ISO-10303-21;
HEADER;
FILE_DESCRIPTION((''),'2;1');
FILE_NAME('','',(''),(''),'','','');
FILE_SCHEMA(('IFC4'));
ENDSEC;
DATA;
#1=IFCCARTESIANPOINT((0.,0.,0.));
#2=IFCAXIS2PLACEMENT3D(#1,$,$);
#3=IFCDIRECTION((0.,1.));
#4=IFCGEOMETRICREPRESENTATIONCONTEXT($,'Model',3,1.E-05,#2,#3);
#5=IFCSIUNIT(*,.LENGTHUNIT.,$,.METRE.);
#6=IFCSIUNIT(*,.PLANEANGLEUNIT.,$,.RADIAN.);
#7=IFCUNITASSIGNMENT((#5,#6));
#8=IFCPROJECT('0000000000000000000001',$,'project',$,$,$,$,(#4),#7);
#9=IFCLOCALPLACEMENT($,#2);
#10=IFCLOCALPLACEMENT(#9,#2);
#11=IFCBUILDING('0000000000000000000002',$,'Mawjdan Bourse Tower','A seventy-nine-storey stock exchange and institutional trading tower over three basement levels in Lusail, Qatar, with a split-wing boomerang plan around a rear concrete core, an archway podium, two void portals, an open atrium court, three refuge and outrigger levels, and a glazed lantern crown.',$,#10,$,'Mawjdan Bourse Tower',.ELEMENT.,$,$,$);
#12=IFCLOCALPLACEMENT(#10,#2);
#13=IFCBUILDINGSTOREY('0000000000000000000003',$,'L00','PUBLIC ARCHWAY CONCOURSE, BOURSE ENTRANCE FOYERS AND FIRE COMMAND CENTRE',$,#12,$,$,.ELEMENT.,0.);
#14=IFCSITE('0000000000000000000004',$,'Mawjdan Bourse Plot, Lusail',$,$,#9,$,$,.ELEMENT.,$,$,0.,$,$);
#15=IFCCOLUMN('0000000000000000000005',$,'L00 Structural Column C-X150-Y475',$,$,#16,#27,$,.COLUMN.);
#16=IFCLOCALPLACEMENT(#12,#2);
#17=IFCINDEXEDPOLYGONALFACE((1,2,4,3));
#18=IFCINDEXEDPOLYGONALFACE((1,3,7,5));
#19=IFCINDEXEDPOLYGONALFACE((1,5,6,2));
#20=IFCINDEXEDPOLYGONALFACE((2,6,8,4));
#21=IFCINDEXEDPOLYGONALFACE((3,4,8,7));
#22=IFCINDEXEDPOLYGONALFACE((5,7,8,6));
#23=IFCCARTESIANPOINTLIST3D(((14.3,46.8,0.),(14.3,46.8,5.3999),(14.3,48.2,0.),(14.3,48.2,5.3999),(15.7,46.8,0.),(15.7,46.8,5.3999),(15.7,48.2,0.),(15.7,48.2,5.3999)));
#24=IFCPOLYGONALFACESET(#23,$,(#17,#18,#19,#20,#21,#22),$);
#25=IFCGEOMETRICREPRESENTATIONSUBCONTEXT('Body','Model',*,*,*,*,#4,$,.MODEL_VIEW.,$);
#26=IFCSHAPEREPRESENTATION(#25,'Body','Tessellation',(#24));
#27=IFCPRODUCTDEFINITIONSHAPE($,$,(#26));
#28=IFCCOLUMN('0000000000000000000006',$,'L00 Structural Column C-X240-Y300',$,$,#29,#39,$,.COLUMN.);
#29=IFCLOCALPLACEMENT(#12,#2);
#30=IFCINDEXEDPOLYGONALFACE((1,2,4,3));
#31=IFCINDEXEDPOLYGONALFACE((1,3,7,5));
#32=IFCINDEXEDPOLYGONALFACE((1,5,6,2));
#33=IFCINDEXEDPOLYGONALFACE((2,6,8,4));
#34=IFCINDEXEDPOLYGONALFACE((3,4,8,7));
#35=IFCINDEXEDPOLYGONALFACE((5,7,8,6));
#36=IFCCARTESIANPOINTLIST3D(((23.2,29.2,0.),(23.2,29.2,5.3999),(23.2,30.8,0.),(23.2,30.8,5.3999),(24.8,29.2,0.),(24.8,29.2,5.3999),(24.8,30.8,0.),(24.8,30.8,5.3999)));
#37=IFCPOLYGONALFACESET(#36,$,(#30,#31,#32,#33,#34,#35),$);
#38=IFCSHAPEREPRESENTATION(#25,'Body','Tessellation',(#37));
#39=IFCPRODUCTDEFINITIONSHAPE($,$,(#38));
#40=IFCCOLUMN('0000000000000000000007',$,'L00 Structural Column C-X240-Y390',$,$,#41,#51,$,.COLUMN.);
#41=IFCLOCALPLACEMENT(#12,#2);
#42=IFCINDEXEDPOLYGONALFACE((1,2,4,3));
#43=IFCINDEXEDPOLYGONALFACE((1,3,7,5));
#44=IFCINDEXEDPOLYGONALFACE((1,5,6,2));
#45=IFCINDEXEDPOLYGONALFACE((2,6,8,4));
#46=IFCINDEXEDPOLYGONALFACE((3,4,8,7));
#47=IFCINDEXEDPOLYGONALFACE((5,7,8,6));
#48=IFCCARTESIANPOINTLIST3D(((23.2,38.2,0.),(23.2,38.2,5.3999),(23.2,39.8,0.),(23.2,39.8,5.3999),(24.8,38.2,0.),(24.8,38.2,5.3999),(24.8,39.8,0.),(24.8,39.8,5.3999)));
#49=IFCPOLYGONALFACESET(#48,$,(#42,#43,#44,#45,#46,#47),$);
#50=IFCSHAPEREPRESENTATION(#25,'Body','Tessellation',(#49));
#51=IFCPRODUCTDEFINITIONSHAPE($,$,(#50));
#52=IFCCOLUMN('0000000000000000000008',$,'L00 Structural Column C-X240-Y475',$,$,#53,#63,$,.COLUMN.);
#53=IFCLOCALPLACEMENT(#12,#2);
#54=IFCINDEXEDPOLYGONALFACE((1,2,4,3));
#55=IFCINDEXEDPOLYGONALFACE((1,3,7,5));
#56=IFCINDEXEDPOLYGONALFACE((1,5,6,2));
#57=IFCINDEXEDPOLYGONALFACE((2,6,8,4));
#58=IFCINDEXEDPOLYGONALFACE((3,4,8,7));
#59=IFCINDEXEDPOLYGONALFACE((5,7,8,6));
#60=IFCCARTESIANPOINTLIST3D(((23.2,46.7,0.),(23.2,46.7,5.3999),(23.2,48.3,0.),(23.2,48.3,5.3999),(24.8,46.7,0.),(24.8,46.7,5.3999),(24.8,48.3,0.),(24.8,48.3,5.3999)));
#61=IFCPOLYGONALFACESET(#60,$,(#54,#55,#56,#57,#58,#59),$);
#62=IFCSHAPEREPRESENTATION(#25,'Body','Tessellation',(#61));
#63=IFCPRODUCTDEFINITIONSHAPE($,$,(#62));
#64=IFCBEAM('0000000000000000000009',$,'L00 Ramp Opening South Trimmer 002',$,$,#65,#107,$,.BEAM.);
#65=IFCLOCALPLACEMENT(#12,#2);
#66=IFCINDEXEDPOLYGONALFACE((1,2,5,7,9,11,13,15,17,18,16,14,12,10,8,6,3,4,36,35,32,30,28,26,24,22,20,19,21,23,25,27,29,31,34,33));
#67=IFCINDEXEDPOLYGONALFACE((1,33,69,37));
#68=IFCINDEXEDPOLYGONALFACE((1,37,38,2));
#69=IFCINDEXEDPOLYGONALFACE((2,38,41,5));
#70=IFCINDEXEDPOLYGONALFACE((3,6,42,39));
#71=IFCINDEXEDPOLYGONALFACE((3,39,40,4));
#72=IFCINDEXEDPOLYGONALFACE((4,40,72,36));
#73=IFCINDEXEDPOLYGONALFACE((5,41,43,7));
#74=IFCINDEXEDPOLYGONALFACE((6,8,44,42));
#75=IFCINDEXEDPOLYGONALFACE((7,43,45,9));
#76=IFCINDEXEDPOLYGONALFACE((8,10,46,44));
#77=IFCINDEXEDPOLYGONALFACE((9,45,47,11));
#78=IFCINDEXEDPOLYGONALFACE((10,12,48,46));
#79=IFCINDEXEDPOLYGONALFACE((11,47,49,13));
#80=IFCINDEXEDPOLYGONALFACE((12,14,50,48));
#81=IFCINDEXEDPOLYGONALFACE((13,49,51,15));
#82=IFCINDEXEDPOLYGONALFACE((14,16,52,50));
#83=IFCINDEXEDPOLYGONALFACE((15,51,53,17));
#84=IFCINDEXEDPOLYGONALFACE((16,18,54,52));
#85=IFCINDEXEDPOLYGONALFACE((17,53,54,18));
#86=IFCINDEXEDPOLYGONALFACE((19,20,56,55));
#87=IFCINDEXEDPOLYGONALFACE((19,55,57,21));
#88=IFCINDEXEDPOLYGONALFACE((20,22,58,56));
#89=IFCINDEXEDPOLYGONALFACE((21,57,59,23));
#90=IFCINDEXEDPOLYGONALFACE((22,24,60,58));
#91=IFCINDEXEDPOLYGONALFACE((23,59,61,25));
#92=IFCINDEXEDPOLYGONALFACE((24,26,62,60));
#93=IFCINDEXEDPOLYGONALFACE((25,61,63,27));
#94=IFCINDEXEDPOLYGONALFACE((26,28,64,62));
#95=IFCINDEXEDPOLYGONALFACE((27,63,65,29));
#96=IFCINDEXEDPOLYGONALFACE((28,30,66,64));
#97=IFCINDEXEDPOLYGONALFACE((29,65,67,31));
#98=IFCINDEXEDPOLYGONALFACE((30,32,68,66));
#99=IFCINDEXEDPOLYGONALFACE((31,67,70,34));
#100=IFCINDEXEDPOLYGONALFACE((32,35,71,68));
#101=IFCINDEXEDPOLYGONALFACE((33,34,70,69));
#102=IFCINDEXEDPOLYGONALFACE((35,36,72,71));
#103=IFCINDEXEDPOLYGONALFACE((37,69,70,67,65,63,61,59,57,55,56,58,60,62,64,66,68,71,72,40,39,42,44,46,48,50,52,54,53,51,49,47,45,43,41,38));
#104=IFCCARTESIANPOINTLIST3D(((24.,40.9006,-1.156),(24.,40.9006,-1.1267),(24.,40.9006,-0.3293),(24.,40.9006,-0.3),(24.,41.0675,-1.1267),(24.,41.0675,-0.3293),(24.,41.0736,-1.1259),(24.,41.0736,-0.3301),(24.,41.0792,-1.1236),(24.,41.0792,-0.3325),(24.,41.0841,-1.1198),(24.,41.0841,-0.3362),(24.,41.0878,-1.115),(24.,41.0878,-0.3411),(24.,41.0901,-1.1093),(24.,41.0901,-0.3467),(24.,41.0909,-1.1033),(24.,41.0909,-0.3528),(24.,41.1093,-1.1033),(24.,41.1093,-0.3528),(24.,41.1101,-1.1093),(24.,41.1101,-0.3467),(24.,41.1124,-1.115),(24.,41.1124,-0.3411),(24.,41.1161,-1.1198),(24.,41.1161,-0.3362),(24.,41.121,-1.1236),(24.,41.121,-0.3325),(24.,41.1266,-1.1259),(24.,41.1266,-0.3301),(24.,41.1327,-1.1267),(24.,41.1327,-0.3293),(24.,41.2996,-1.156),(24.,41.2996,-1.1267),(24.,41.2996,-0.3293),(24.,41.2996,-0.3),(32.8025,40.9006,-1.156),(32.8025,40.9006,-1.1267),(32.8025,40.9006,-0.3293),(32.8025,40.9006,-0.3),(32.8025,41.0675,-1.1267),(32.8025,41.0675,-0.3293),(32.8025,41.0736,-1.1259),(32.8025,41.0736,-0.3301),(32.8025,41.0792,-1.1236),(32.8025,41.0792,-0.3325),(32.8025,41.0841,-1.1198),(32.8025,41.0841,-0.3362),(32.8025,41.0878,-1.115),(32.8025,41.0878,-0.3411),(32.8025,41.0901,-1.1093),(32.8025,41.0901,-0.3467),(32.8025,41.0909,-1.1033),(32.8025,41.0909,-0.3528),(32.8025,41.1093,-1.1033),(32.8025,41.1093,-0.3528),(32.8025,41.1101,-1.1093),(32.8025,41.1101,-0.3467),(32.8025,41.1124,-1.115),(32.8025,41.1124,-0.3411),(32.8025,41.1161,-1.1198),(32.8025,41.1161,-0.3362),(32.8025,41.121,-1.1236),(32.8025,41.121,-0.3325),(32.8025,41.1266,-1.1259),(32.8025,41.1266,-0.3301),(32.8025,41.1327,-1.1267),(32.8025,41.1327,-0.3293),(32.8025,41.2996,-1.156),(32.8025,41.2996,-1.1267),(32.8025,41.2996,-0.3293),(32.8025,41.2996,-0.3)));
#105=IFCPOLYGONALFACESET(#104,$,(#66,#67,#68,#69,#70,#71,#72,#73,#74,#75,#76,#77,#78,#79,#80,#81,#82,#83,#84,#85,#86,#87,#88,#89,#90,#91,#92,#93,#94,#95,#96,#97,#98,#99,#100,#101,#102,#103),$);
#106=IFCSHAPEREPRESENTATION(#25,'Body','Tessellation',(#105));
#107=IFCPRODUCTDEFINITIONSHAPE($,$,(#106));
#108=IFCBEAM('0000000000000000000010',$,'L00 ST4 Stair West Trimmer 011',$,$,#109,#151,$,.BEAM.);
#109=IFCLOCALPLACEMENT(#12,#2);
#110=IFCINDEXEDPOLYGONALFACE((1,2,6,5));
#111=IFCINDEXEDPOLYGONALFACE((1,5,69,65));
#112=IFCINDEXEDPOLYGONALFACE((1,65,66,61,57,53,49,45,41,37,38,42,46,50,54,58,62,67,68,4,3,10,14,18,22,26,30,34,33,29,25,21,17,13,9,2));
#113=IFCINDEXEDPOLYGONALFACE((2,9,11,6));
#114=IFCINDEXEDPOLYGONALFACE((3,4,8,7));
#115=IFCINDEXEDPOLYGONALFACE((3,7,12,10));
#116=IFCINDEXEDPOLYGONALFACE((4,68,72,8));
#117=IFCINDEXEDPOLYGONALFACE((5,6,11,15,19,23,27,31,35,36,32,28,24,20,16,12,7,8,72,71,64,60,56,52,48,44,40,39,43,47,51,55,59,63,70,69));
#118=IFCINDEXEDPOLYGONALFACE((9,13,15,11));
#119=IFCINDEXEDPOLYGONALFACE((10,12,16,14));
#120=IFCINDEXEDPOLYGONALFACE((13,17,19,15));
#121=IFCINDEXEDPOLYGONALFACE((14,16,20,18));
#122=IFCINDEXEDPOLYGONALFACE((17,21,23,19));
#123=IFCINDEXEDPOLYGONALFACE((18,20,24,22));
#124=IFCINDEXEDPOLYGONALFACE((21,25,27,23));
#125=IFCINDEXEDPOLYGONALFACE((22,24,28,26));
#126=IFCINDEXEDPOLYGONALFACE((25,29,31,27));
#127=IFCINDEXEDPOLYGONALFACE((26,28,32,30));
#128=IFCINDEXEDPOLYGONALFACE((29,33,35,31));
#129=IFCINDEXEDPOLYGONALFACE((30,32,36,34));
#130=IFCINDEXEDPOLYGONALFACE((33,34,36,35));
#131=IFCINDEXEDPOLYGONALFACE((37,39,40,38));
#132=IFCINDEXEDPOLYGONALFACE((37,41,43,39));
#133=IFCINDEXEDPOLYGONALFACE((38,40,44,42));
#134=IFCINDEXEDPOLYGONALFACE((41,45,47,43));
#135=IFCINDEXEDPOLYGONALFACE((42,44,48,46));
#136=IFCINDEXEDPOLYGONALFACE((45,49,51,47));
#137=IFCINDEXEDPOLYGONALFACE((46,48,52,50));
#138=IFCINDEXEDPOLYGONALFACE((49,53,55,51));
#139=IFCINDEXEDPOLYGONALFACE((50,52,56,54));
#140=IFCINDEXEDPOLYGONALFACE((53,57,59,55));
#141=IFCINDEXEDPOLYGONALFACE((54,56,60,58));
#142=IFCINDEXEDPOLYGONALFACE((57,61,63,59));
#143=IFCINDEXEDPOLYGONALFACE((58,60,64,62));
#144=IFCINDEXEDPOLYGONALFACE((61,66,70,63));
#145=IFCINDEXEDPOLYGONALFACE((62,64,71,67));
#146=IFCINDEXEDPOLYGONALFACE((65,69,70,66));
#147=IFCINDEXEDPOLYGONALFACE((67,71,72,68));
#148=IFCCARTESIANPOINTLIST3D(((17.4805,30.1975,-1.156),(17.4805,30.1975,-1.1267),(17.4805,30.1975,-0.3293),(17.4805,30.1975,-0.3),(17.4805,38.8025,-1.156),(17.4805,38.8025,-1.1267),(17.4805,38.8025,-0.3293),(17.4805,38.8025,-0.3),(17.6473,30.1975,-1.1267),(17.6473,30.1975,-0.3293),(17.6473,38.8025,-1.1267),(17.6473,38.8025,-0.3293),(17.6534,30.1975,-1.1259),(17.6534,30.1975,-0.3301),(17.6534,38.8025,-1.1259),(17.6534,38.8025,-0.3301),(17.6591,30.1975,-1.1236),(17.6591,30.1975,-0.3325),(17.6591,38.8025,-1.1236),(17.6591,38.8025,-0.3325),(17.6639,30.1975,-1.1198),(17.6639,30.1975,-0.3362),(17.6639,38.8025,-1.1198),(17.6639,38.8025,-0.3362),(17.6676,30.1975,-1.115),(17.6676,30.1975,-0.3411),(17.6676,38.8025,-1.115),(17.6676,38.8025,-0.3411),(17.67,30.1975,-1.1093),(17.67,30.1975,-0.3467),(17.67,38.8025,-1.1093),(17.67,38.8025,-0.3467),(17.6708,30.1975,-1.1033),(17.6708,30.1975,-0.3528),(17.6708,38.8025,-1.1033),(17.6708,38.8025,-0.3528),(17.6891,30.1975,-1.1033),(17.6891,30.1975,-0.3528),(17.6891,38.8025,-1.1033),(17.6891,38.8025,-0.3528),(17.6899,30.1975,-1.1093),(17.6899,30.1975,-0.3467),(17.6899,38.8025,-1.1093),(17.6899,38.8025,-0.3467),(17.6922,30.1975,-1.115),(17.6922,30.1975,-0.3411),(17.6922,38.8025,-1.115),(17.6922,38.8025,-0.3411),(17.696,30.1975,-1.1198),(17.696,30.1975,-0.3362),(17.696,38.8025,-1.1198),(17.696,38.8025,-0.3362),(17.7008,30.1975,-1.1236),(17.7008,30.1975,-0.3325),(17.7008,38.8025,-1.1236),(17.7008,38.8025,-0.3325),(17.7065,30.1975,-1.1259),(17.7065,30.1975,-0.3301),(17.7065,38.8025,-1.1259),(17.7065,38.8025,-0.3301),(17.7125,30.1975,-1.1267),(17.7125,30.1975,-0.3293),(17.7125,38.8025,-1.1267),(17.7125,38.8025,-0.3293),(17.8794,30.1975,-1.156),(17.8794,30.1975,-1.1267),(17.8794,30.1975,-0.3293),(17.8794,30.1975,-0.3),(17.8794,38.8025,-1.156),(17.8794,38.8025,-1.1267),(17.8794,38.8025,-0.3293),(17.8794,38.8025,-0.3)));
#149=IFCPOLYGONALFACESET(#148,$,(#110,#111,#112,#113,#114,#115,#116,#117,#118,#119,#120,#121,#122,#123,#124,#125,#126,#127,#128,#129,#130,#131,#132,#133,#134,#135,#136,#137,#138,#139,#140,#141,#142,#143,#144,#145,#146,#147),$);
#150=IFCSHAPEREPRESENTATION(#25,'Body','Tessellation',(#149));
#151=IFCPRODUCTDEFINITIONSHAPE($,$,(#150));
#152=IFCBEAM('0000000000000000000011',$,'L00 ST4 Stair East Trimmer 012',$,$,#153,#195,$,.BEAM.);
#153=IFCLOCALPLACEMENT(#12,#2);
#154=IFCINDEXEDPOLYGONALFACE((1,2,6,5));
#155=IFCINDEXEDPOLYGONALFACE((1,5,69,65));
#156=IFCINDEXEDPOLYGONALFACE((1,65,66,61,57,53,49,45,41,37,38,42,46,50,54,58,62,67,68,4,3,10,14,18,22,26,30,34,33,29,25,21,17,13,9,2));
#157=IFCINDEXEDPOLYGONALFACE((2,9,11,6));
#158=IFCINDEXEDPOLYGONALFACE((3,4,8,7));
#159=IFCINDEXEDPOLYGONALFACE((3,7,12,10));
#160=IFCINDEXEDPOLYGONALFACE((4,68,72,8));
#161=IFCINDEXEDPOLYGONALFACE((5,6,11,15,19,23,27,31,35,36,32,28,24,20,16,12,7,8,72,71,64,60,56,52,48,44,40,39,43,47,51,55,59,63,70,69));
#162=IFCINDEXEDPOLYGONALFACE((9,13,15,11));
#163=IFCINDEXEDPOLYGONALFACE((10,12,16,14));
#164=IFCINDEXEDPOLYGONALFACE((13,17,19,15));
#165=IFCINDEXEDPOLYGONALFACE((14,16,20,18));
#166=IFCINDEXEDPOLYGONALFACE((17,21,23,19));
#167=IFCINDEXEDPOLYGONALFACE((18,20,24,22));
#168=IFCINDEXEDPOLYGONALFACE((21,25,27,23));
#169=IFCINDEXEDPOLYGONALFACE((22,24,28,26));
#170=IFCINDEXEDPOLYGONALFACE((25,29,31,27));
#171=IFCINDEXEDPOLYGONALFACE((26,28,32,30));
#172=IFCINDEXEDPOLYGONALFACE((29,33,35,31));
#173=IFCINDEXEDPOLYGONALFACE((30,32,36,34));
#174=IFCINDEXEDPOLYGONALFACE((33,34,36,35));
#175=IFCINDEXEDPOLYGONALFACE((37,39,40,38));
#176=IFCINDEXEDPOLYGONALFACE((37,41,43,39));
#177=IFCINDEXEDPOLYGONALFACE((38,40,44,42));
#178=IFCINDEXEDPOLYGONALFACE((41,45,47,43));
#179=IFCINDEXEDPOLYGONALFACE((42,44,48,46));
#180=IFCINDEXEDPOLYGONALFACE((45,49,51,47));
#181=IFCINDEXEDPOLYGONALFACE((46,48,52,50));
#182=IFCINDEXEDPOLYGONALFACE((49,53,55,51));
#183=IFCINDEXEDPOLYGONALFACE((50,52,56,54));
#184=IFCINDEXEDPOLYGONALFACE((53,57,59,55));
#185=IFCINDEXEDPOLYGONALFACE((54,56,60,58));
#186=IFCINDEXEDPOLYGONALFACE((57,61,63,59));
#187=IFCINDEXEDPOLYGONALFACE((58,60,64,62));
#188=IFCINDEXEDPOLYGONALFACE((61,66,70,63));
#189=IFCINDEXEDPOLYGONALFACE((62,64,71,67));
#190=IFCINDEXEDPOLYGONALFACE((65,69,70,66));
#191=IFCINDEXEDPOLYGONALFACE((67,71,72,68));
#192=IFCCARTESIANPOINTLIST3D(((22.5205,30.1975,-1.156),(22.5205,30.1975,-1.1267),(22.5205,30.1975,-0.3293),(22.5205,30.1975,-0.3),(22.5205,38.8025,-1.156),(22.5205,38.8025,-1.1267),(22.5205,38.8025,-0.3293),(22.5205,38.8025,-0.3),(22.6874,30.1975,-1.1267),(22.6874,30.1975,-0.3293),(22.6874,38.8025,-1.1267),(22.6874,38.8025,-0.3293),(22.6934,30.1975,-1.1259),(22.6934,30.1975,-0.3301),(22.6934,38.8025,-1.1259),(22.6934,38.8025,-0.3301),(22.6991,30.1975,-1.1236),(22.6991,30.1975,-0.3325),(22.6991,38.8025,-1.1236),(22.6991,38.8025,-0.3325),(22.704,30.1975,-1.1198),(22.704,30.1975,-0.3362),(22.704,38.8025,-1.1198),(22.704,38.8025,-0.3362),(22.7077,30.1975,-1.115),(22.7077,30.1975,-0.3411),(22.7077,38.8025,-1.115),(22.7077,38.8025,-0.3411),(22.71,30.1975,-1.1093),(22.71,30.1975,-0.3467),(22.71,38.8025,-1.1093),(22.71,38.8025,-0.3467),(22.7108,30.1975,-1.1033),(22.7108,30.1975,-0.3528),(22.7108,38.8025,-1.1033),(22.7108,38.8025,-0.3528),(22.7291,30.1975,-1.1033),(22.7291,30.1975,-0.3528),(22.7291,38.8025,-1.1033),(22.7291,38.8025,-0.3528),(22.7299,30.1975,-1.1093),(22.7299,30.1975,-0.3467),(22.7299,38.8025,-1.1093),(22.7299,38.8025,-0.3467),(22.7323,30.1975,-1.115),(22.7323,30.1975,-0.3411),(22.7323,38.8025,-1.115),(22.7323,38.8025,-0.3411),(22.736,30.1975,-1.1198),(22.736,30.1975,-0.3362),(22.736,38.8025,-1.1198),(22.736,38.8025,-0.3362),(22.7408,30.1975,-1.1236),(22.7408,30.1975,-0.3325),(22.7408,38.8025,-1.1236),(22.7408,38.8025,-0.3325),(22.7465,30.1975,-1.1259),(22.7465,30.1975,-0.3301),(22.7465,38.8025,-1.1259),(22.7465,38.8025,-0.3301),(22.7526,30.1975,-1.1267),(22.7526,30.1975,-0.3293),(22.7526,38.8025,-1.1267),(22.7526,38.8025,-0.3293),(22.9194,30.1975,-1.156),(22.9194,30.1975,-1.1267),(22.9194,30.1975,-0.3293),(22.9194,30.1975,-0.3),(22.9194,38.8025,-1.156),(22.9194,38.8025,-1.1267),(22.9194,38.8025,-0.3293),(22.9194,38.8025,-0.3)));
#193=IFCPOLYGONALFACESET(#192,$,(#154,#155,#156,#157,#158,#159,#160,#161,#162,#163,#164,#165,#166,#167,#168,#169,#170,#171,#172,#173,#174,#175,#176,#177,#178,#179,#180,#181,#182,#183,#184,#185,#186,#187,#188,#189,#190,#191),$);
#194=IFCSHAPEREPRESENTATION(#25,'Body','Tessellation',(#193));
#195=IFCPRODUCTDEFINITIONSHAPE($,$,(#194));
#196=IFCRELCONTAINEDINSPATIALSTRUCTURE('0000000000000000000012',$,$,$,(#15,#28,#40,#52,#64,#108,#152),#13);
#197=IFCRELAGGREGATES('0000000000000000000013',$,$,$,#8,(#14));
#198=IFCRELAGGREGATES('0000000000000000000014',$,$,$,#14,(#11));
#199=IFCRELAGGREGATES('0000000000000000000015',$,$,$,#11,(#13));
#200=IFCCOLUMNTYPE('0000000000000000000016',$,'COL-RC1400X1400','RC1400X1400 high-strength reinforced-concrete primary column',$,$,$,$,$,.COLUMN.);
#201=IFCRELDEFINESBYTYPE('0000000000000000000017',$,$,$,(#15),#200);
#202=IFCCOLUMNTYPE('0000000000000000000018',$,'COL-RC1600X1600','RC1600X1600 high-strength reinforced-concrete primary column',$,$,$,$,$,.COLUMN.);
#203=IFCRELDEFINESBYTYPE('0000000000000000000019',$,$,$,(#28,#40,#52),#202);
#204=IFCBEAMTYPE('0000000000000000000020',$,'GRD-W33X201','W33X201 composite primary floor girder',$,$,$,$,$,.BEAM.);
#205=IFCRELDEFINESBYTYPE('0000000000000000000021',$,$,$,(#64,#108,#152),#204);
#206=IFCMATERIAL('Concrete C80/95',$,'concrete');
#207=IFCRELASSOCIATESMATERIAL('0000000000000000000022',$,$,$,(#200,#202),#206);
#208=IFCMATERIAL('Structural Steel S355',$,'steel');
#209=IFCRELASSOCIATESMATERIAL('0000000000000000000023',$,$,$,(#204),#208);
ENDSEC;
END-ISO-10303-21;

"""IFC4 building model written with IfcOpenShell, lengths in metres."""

from ifc_helpers import new_model, si_unit, direction, frame, origin, origin_2d, place, context, subcontext, project, spatial, rectangle, i_section, extrude, material, material_profile, profile_set, type_object, element, save


model = new_model("IFC4")

# Units and contexts
model_context = context("Model", 3, precision=1e-05, world=origin(), true_north=direction((0.0, 1.0)))
body_context = subcontext(model_context, "Body", "Model", "MODEL_VIEW")
ifc_project = project(units=[si_unit("LENGTHUNIT", "METRE"), si_unit("PLANEANGLEUNIT", "RADIAN")], contexts=[model_context])

# Site, building, storey
site_placement = place(None, origin())
site = spatial("IfcSite", under=ifc_project, at=site_placement, Name="Mawjdan Bourse Plot, Lusail", CompositionType="ELEMENT", RefElevation=0.0)
building_placement = place(site_placement, origin())
building = spatial("IfcBuilding", under=site, at=building_placement, Name="Mawjdan Bourse Tower", Description="A seventy-nine-storey stock exchange and institutional trading tower over three basement levels in Lusail, Qatar, with a split-wing boomerang plan around a rear concrete core, an archway podium, two void portals, an open atrium court, three refuge and outrigger levels, and a glazed lantern crown.", LongName="Mawjdan Bourse Tower", CompositionType="ELEMENT")
storey_placement = place(building_placement, origin())
storey = spatial("IfcBuildingStorey", under=building, at=storey_placement, Name="L00", Description="PUBLIC ARCHWAY CONCOURSE, BOURSE ENTRANCE FOYERS AND FIRE COMMAND CENTRE", CompositionType="ELEMENT", Elevation=0.0)

# Columns
ifc_material_1 = material(Name="Concrete C80/95", Category="concrete")
ifc_material_profile_1 = material_profile(ifc_material_1, rectangle(XDim=1.3999, YDim=1.3999, at=origin_2d()), Name="RC1400X1400")
ifc_profile_set_1 = profile_set([ifc_material_profile_1], Name="Concrete C80/95")
column_type_1 = type_object("IfcColumnType", Name="COL-RC1400X1400", Description="RC1400X1400 high-strength reinforced-concrete primary column", PredefinedType="COLUMN", material=ifc_profile_set_1)
column_placement = place(storey_placement, frame((15.0, 47.5, 0.0), z_axis=(0.0, 0.0, 1.0), x_axis=(1.0, 0.0, 0.0)))
element("IfcColumn", 1, at=column_placement, inside=storey, type_object=column_type_1, Name="L00 Structural Column C-X150-Y475", PredefinedType="COLUMN", context=body_context, shape_type="SweptSolid", body=[
    extrude(rectangle(XDim=1.3999, YDim=1.3999, at=origin_2d()), origin(), (0.0, 0.0, 1.0), 5.3999),
])
ifc_material_profile_2 = material_profile(ifc_material_1, rectangle(XDim=1.6001, YDim=1.6001, at=origin_2d()), Name="RC1600X1600")
ifc_profile_set_2 = profile_set([ifc_material_profile_2], Name="Concrete C80/95")
column_type_2 = type_object("IfcColumnType", Name="COL-RC1600X1600", Description="RC1600X1600 high-strength reinforced-concrete primary column", PredefinedType="COLUMN", material=ifc_profile_set_2)
for number, where, z_axis, x_axis, name in (
    (2, (24.0, 30.0, 0.0), (0.0, 0.0, 1.0), (1.0, 0.0, 0.0), "L00 Structural Column C-X240-Y300"),
    (3, (24.0, 39.0, 0.0), (0.0, 0.0, 1.0), (1.0, 0.0, 0.0), "L00 Structural Column C-X240-Y390"),
    (4, (24.0, 47.5, 0.0), (0.0, 0.0, 1.0), (1.0, 0.0, 0.0), "L00 Structural Column C-X240-Y475"),
):
    element("IfcColumn", number, at=place(storey_placement, frame(where, z_axis=z_axis, x_axis=x_axis)), inside=storey, type_object=column_type_2, Name=name, PredefinedType="COLUMN", context=body_context, shape_type="SweptSolid", body=[
        extrude(rectangle(XDim=1.6001, YDim=1.6001, at=origin_2d()), origin(), (0.0, 0.0, 1.0), 5.3999),
    ])

# Beams
ifc_material_2 = material(Name="Structural Steel S355", Category="steel")
ifc_material_profile_3 = material_profile(ifc_material_2, i_section(OverallWidth=0.3989, OverallDepth=0.856, WebThickness=0.0183, FlangeThickness=0.0293, FilletRadius=0.0234, at=origin_2d()), Name="W33X201")
ifc_profile_set_3 = profile_set([ifc_material_profile_3], Name="Structural Steel S355")
beam_type_1 = type_object("IfcBeamType", Name="GRD-W33X201", Description="W33X201 composite primary floor girder", PredefinedType="BEAM", material=ifc_profile_set_3)
beam_1_placement = place(storey_placement, frame((24.0, 41.1001, -0.728), z_axis=(1.0, 0.0, 0.0), x_axis=(0.0, 1.0, 0.0)))
element("IfcBeam", 5, at=beam_1_placement, inside=storey, type_object=beam_type_1, Name="L00 Ramp Opening South Trimmer 002", PredefinedType="BEAM", context=body_context, shape_type="SweptSolid", body=[
    extrude(i_section(OverallWidth=0.3989, OverallDepth=0.856, WebThickness=0.0183, FlangeThickness=0.0293, FilletRadius=0.0234, at=origin_2d()), origin(), (0.0, 0.0, 1.0), 8.8025),
])
for number, where, z_axis, x_axis, name in (
    (6, (17.6799, 30.1975, -0.728), (0.0, 1.0, 0.0), (-1.0, 0.0, 0.0), "L00 ST4 Stair West Trimmer 011"),
    (7, (22.72, 30.1975, -0.728), (0.0, 1.0, 0.0), (-1.0, 0.0, 0.0), "L00 ST4 Stair East Trimmer 012"),
):
    element("IfcBeam", number, at=place(storey_placement, frame(where, z_axis=z_axis, x_axis=x_axis)), inside=storey, type_object=beam_type_1, Name=name, PredefinedType="BEAM", context=body_context, shape_type="SweptSolid", body=[
        extrude(i_section(OverallWidth=0.3989, OverallDepth=0.856, WebThickness=0.0183, FlangeThickness=0.0293, FilletRadius=0.0234, at=origin_2d()), origin(), (0.0, 0.0, 1.0), 8.605),
    ])

save(model, "model.ifc")
